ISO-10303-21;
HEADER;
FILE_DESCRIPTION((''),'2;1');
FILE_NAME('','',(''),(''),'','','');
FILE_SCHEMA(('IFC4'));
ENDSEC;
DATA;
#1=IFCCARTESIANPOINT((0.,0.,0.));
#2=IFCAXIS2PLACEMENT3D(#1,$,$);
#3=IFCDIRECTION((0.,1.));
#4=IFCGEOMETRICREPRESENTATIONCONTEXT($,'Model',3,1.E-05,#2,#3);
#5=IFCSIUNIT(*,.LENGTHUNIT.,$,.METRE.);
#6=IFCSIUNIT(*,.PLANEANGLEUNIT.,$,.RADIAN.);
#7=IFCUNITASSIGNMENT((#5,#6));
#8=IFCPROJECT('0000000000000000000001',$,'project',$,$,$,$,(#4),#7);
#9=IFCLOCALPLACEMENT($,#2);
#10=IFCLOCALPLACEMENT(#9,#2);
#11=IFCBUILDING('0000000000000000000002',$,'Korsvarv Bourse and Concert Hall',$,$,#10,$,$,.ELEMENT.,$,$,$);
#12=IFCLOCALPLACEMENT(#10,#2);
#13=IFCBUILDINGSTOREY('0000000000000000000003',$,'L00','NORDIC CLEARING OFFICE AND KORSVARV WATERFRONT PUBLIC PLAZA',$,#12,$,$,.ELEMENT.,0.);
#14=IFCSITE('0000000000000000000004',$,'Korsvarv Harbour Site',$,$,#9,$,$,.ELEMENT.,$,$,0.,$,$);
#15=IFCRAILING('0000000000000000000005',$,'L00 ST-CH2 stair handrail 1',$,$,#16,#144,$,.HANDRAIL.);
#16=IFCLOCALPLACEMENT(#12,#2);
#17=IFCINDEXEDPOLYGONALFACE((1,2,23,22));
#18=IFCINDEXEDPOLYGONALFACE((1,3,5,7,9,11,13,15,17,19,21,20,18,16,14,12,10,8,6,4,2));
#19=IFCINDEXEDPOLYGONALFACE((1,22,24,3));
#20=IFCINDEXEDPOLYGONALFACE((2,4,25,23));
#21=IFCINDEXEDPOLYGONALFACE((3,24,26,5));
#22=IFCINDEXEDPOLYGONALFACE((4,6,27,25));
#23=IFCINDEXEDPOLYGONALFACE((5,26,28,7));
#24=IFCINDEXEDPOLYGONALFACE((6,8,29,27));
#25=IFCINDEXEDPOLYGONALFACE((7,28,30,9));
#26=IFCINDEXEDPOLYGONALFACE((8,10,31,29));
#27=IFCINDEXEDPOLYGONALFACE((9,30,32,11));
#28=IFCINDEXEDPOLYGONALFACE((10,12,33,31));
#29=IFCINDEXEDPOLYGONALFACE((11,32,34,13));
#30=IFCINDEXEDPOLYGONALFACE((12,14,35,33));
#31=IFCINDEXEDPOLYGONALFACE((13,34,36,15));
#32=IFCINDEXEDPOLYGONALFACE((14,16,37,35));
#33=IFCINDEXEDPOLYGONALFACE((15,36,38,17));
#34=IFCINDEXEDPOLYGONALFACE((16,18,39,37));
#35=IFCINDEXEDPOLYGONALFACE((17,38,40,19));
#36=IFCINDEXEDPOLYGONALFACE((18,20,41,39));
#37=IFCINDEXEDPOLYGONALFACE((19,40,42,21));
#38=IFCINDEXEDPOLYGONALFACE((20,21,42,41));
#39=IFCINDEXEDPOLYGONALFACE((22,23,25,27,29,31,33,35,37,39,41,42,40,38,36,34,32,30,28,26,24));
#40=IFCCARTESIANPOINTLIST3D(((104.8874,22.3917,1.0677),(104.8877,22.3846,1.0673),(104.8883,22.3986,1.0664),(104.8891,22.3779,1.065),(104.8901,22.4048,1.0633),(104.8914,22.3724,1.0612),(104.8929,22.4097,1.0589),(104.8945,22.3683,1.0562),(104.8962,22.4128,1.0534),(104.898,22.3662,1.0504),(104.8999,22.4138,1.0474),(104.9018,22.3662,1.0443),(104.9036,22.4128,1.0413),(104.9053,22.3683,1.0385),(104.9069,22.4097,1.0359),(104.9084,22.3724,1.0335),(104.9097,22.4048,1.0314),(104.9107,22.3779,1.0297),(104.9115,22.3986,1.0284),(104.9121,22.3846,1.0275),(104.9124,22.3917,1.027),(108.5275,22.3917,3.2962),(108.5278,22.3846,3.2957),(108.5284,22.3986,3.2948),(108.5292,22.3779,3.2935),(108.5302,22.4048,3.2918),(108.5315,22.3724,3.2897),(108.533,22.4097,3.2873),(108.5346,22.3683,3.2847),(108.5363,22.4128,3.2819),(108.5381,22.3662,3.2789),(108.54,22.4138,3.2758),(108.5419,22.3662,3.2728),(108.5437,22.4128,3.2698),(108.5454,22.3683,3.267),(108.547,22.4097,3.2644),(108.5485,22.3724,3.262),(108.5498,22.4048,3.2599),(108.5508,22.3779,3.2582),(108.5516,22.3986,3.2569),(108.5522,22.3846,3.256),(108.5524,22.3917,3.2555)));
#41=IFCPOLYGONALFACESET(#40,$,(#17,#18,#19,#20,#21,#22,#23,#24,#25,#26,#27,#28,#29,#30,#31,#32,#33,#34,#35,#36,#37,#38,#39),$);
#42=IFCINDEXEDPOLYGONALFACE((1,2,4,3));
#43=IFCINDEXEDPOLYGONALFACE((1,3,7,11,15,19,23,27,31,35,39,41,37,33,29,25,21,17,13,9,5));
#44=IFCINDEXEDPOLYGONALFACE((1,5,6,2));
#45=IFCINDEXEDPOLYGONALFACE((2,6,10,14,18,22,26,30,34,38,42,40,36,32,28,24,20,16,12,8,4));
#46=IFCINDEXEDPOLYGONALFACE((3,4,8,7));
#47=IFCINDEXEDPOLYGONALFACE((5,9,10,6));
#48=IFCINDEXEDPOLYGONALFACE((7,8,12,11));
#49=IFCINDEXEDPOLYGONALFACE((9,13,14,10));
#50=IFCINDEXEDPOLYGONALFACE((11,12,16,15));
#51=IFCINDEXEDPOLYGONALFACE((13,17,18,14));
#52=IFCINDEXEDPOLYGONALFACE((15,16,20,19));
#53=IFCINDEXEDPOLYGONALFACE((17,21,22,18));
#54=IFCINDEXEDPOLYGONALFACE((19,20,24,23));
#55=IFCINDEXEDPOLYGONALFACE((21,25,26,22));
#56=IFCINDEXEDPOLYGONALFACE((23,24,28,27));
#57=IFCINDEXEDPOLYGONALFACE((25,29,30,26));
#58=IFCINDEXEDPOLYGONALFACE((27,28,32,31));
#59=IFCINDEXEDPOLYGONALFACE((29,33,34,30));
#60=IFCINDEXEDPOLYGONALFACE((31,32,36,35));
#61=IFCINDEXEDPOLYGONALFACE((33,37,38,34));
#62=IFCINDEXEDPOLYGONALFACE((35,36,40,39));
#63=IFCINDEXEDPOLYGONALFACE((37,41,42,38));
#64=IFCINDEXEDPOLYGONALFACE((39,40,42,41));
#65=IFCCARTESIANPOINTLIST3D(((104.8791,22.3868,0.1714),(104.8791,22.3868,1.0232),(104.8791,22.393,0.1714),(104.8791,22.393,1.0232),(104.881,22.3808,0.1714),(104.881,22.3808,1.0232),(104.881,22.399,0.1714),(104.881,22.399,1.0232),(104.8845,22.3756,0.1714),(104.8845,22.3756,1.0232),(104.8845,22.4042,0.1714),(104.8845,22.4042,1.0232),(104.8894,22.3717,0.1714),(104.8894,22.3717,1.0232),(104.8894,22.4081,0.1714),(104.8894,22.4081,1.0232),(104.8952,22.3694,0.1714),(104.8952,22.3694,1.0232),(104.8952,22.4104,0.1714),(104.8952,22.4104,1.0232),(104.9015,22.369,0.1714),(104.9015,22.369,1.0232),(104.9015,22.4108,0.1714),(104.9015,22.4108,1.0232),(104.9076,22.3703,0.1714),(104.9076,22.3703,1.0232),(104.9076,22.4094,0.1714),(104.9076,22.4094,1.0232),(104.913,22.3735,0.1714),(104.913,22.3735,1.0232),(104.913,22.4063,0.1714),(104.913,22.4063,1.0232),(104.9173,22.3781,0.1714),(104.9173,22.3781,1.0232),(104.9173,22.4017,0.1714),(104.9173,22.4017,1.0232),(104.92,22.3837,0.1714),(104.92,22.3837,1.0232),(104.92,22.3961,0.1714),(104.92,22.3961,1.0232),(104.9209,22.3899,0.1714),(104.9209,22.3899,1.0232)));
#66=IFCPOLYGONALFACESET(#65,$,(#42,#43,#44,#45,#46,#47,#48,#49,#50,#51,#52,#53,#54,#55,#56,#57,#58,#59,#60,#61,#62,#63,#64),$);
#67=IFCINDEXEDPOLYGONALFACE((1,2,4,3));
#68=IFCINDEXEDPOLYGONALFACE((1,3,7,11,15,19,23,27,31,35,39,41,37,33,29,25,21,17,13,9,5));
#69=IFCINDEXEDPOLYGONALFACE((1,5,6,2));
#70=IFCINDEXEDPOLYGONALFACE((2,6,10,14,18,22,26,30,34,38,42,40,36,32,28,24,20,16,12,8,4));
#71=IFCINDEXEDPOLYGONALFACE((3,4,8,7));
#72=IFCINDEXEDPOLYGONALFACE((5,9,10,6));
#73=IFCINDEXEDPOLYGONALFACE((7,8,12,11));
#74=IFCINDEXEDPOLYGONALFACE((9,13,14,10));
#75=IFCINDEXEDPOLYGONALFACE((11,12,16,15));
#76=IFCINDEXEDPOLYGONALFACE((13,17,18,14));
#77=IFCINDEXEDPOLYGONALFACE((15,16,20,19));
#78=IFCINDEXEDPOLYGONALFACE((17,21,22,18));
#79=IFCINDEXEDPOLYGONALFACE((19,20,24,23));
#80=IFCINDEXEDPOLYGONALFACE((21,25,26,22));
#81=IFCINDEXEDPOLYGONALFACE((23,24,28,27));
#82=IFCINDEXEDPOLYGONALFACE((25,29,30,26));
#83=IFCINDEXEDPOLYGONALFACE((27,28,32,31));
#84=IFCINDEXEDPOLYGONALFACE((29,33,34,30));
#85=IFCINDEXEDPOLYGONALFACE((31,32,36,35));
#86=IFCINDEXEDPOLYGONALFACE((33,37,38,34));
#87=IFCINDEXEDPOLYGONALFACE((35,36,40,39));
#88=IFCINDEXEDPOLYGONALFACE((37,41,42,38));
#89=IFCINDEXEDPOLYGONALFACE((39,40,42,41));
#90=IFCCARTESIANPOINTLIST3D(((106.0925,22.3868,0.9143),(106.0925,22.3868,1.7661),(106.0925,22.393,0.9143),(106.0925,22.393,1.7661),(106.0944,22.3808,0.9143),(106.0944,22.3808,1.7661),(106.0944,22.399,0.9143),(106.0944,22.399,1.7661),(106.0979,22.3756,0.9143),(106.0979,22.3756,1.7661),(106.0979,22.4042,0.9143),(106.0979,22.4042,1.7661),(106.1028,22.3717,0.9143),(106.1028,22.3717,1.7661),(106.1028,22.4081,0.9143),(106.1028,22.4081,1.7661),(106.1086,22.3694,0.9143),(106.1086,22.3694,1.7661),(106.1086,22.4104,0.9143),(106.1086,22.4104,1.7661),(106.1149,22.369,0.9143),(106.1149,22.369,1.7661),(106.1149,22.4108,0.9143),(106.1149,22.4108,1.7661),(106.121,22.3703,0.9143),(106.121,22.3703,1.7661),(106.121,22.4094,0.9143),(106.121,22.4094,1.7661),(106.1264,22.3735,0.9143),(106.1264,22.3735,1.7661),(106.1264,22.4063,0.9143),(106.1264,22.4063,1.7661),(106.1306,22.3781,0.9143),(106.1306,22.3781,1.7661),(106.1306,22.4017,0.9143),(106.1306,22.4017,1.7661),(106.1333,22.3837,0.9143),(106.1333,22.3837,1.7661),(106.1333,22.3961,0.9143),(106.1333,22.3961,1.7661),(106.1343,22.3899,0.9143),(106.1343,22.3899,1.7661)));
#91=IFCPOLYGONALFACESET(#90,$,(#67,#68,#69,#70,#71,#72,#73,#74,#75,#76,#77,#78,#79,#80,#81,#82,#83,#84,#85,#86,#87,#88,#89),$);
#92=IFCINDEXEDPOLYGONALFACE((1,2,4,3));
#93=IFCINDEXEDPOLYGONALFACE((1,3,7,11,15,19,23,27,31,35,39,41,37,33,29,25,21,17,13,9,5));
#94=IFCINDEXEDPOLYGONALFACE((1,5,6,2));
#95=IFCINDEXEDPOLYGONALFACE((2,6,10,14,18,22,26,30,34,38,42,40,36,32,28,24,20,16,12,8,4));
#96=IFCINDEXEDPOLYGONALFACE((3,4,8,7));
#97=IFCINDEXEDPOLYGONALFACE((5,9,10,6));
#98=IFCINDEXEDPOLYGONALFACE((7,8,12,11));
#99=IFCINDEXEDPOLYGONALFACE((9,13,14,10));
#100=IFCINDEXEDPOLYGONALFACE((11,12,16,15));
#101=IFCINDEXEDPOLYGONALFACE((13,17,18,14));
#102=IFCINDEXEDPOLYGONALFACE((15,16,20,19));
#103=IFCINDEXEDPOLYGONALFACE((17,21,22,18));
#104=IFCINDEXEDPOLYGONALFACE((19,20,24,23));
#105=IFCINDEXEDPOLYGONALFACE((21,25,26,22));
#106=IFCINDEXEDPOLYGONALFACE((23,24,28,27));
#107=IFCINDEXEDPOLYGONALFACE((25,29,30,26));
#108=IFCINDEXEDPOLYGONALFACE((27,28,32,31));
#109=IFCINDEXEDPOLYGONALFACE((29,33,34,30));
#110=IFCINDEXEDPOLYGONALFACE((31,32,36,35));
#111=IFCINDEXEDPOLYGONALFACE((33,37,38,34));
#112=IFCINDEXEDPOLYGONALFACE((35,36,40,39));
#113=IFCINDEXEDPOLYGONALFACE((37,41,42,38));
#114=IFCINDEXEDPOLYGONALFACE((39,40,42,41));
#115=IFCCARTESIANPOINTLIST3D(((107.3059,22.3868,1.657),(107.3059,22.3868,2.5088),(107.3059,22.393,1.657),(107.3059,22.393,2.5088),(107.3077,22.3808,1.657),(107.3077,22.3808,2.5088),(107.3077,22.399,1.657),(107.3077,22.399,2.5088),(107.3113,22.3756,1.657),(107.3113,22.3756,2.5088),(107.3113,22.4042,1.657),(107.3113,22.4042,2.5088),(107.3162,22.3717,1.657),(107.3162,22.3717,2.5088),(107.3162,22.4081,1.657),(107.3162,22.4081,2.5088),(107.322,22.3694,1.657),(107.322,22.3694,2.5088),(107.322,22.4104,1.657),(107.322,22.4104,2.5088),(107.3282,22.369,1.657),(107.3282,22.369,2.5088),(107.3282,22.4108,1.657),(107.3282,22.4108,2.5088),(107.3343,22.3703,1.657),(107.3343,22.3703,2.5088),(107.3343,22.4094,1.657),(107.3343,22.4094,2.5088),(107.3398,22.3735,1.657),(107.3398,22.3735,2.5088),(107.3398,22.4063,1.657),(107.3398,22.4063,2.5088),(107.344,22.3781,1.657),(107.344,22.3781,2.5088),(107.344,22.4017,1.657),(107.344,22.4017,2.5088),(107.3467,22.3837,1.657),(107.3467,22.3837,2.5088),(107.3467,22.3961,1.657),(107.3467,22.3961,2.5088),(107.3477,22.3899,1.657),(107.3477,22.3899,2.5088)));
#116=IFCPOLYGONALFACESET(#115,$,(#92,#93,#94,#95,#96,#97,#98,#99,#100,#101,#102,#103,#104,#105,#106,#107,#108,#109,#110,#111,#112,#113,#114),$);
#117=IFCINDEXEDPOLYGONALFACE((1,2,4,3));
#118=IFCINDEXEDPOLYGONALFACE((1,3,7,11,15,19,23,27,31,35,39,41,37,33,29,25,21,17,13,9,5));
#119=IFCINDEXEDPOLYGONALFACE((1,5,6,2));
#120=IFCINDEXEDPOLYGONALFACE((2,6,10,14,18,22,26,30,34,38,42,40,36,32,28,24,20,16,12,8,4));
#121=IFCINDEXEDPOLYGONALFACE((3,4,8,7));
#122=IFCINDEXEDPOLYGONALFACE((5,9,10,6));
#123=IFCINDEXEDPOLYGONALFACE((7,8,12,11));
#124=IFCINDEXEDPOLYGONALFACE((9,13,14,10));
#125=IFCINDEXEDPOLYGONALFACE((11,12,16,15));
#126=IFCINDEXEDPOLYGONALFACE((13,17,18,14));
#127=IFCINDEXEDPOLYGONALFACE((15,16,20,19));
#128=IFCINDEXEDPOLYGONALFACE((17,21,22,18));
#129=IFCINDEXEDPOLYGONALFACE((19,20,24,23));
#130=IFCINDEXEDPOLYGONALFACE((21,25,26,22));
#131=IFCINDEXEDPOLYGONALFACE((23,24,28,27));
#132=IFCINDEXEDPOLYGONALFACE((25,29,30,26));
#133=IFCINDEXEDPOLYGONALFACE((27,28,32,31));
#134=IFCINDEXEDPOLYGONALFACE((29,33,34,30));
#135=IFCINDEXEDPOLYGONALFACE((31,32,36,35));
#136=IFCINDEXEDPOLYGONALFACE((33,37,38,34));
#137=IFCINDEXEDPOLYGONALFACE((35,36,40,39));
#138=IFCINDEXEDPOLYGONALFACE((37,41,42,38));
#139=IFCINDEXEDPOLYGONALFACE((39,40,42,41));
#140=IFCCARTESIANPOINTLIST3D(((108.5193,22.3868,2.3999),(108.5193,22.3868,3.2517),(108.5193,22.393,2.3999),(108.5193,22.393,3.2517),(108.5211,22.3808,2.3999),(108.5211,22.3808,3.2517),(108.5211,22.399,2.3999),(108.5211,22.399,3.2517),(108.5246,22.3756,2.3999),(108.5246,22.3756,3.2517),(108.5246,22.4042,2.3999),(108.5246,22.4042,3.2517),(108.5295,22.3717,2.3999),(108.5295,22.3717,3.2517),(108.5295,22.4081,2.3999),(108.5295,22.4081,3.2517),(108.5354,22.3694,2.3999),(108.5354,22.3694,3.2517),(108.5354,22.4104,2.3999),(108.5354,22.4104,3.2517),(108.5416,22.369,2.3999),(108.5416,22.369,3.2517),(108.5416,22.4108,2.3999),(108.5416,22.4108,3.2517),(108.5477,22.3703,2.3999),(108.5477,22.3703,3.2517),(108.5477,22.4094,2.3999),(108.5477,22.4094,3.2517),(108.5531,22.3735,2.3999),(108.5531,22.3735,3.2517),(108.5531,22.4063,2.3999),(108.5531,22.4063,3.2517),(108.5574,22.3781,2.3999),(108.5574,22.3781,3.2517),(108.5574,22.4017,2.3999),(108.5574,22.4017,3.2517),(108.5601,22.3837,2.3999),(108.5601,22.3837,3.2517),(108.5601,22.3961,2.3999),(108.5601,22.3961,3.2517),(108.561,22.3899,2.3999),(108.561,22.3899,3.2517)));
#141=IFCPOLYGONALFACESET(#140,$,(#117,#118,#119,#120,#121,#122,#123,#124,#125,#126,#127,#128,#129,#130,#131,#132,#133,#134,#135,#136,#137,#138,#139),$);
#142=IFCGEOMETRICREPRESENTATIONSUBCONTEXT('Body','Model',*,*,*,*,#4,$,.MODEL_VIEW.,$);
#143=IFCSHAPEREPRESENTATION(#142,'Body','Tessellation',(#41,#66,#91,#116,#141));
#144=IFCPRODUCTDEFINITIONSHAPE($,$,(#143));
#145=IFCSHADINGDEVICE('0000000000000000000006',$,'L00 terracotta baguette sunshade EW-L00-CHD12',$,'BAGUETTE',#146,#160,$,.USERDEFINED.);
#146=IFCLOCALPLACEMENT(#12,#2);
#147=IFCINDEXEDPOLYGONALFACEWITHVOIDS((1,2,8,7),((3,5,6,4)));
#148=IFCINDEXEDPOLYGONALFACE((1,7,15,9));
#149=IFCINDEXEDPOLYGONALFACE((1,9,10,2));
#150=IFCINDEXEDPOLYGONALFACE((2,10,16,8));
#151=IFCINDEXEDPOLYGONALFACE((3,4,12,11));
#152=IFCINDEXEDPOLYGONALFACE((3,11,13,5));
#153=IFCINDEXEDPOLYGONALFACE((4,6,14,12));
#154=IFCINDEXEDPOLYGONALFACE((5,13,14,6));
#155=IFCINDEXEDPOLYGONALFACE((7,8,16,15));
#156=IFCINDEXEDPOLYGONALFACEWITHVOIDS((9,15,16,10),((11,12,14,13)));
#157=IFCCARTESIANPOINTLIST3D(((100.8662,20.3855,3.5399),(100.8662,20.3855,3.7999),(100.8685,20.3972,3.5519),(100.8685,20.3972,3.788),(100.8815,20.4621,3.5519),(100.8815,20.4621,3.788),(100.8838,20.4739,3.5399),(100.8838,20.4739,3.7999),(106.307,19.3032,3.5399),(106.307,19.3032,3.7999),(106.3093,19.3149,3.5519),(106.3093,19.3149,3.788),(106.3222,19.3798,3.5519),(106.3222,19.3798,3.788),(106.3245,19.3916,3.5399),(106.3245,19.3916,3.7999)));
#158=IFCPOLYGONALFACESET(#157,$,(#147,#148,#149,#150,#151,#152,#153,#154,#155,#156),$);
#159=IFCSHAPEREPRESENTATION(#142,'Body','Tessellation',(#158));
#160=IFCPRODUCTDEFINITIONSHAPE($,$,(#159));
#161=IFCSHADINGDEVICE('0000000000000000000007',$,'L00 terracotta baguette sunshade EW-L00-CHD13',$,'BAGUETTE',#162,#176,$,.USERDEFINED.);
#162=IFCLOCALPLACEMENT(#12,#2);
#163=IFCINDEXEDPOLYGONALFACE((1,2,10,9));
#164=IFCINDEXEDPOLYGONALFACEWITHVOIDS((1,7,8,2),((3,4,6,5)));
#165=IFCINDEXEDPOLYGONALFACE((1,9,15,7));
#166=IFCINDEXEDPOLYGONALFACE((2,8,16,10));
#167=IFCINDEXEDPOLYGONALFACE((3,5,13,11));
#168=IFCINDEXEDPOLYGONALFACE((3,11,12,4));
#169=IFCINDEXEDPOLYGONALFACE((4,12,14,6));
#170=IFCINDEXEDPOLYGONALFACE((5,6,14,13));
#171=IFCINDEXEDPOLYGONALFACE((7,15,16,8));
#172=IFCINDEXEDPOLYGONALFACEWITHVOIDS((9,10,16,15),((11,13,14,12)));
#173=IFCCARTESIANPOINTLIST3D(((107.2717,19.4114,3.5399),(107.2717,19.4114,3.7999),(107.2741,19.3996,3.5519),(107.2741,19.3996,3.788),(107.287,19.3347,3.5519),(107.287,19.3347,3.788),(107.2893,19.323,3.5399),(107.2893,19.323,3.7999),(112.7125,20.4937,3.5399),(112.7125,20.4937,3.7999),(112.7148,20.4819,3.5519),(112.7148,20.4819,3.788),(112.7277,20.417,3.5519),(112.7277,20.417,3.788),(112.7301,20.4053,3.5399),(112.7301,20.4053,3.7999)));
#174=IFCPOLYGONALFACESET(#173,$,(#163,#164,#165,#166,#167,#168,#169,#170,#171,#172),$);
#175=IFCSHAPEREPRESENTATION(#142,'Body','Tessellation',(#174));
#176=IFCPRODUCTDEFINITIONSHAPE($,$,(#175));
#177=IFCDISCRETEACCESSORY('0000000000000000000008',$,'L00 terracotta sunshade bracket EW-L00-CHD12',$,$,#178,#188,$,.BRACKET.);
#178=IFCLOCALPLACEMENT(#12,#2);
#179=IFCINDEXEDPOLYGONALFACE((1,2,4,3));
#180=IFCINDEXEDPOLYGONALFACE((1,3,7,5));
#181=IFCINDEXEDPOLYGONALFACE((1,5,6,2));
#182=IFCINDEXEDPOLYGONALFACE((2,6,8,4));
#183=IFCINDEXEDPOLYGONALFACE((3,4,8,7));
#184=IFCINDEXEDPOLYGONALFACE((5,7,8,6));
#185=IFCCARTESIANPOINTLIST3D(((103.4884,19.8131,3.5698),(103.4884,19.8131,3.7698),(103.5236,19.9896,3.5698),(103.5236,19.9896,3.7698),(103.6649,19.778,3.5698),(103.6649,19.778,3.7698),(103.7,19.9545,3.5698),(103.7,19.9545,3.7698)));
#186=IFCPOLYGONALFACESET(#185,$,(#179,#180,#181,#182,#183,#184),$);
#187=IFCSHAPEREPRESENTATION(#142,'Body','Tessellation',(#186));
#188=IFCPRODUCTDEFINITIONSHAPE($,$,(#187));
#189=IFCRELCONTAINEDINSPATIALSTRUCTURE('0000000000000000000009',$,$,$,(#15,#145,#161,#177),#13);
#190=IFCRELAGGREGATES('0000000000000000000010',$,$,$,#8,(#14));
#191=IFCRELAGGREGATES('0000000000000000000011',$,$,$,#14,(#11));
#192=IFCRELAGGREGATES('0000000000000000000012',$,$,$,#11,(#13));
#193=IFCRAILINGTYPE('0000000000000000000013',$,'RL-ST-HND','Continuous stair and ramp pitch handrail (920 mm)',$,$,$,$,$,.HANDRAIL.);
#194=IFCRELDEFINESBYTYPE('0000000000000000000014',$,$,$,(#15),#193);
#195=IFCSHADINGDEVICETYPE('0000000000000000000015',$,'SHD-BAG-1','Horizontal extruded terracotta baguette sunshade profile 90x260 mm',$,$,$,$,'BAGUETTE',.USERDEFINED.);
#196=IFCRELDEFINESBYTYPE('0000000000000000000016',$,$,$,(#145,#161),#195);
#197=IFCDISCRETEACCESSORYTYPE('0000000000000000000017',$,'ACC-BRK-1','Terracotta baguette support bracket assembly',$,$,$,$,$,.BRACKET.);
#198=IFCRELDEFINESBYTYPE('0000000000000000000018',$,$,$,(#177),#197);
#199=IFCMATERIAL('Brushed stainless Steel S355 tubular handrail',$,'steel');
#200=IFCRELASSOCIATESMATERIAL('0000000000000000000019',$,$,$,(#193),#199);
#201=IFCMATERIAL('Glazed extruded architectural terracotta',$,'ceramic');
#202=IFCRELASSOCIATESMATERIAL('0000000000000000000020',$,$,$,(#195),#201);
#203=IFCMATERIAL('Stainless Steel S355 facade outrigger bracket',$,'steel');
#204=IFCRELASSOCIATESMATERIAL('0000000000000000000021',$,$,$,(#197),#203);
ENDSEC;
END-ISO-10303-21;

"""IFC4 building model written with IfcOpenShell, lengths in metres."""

from ifc_helpers import new_model, si_unit, direction, frame, origin, origin_2d, place, context, subcontext, project, spatial, rectangle, hollow_rectangle, circle, extrude, source, transform, mapped, material, material_profile, profile_set, type_object, element, save


model = new_model("IFC4")

# Units and contexts
model_context = context("Model", 3, precision=1e-05, world=origin(), true_north=direction((0.0, 1.0)))
body_context = subcontext(model_context, "Body", "Model", "MODEL_VIEW")
ifc_project = project(units=[si_unit("LENGTHUNIT", "METRE"), si_unit("PLANEANGLEUNIT", "RADIAN")], contexts=[model_context])

# Site, building, storey
site_placement = place(None, origin())
site = spatial("IfcSite", under=ifc_project, at=site_placement, Name="Korsvarv Harbour Site", CompositionType="ELEMENT", RefElevation=0.0)
building_placement = place(site_placement, origin())
building = spatial("IfcBuilding", under=site, at=building_placement, Name="Korsvarv Bourse and Concert Hall", CompositionType="ELEMENT")
storey_placement = place(building_placement, origin())
storey = spatial("IfcBuildingStorey", under=building, at=storey_placement, Name="L00", Description="NORDIC CLEARING OFFICE AND KORSVARV WATERFRONT PUBLIC PLAZA", CompositionType="ELEMENT", Elevation=0.0)

# Railing
ifc_material_1 = material(Name="Brushed stainless Steel S355 tubular handrail", Category="steel")
railing_type = type_object("IfcRailingType", Name="RL-ST-HND", Description="Continuous stair and ramp pitch handrail (920 mm)", PredefinedType="HANDRAIL", material=ifc_material_1)
railing_placement = place(storey_placement, frame((104.8999, 22.3899, 0.1714)))
element("IfcRailing", 1, at=railing_placement, inside=storey, type_object=railing_type, Name="L00 ST-CH2 stair handrail 1", PredefinedType="HANDRAIL", context=body_context, shape_type="SweptSolid", body=[
    extrude(circle(Radius=0.0239, at=origin_2d()), frame((0.0, 0.0, 0.876), z_axis=(0.852866, 0.0, 0.52213), x_axis=(0.0, 1.0, 0.0)), (0.0, 0.0, 1.0), 4.2681),
    extrude(circle(Radius=0.021, at=origin_2d()), origin(), (0.0, 0.0, 1.0), 0.8518),
    extrude(circle(Radius=0.021, at=origin_2d()), frame((1.2134, 0.0, 0.7429)), (0.0, 0.0, 1.0), 0.8518),
    extrude(circle(Radius=0.021, at=origin_2d()), frame((2.4268, 0.0, 1.4856)), (0.0, 0.0, 1.0), 0.8518),
    extrude(circle(Radius=0.021, at=origin_2d()), frame((3.6401, 0.0, 2.2285)), (0.0, 0.0, 1.0), 0.8518),
])

# Shading devices
ifc_material_2 = material(Name="Glazed extruded architectural terracotta", Category="ceramic")
ifc_material_profile_1 = material_profile(ifc_material_2, hollow_rectangle(XDim=0.0901, YDim=0.26, WallThickness=0.012, at=origin_2d()), Name="TC-BAG 90x260")
ifc_profile_set_1 = profile_set([ifc_material_profile_1], Name="Glazed extruded architectural terracotta")
shading_device_type = type_object("IfcShadingDeviceType", Name="SHD-BAG-1", Description="Horizontal extruded terracotta baguette sunshade profile 90x260 mm", ElementType="BAGUETTE", PredefinedType="USERDEFINED", material=ifc_profile_set_1)
shared_shape_1 = source(origin(), body_context, "Body", "SweptSolid", [
    extrude(hollow_rectangle(XDim=0.0901, YDim=0.26, WallThickness=0.012, at=origin_2d()), origin(), (0.0, 0.0, 1.0), 5.5474),
])
for number, where, z_axis, x_axis, name in (
    (2, (100.875, 20.4297, 3.6699), (0.980783, -0.1951, 0.0), (0.1951, 0.980783, 0.0), "L00 terracotta baguette sunshade EW-L00-CHD12"),
    (3, (107.2805, 19.3672, 3.6699), (0.980783, 0.1951, 0.0), (-0.1951, 0.980783, 0.0), "L00 terracotta baguette sunshade EW-L00-CHD13"),
):
    element("IfcShadingDevice", number, at=place(storey_placement, frame(where, z_axis=z_axis, x_axis=x_axis)), inside=storey, type_object=shading_device_type, Name=name, ObjectType="BAGUETTE", PredefinedType="USERDEFINED", context=body_context, shape_type="MappedRepresentation", body=[
        mapped(shared_shape_1, transform((0.0, 0.0, 0.0), scale=1.0)),
    ])

# Discrete accessory
ifc_material_3 = material(Name="Stainless Steel S355 facade outrigger bracket", Category="steel")
discrete_accessory_type = type_object("IfcDiscreteAccessoryType", Name="ACC-BRK-1", Description="Terracotta baguette support bracket assembly", PredefinedType="BRACKET", material=ifc_material_3)
shared_shape_2 = source(origin(), body_context, "Body", "SweptSolid", [
    extrude(rectangle(XDim=0.1799, YDim=0.1799, at=origin_2d()), origin(), (0.0, 0.0, 1.0), 0.2),
])
discrete_accessory_placement = place(storey_placement, frame((103.5942, 19.8838, 3.5698), z_axis=(0.0, 0.0, 1.0), x_axis=(0.980785, -0.19509, 0.0)))
element("IfcDiscreteAccessory", 4, at=discrete_accessory_placement, inside=storey, type_object=discrete_accessory_type, Name="L00 terracotta sunshade bracket EW-L00-CHD12", PredefinedType="BRACKET", context=body_context, shape_type="MappedRepresentation", body=[
    mapped(shared_shape_2, transform((0.0, 0.0, 0.0), scale=1.0)),
])

save(model, "model.ifc")
